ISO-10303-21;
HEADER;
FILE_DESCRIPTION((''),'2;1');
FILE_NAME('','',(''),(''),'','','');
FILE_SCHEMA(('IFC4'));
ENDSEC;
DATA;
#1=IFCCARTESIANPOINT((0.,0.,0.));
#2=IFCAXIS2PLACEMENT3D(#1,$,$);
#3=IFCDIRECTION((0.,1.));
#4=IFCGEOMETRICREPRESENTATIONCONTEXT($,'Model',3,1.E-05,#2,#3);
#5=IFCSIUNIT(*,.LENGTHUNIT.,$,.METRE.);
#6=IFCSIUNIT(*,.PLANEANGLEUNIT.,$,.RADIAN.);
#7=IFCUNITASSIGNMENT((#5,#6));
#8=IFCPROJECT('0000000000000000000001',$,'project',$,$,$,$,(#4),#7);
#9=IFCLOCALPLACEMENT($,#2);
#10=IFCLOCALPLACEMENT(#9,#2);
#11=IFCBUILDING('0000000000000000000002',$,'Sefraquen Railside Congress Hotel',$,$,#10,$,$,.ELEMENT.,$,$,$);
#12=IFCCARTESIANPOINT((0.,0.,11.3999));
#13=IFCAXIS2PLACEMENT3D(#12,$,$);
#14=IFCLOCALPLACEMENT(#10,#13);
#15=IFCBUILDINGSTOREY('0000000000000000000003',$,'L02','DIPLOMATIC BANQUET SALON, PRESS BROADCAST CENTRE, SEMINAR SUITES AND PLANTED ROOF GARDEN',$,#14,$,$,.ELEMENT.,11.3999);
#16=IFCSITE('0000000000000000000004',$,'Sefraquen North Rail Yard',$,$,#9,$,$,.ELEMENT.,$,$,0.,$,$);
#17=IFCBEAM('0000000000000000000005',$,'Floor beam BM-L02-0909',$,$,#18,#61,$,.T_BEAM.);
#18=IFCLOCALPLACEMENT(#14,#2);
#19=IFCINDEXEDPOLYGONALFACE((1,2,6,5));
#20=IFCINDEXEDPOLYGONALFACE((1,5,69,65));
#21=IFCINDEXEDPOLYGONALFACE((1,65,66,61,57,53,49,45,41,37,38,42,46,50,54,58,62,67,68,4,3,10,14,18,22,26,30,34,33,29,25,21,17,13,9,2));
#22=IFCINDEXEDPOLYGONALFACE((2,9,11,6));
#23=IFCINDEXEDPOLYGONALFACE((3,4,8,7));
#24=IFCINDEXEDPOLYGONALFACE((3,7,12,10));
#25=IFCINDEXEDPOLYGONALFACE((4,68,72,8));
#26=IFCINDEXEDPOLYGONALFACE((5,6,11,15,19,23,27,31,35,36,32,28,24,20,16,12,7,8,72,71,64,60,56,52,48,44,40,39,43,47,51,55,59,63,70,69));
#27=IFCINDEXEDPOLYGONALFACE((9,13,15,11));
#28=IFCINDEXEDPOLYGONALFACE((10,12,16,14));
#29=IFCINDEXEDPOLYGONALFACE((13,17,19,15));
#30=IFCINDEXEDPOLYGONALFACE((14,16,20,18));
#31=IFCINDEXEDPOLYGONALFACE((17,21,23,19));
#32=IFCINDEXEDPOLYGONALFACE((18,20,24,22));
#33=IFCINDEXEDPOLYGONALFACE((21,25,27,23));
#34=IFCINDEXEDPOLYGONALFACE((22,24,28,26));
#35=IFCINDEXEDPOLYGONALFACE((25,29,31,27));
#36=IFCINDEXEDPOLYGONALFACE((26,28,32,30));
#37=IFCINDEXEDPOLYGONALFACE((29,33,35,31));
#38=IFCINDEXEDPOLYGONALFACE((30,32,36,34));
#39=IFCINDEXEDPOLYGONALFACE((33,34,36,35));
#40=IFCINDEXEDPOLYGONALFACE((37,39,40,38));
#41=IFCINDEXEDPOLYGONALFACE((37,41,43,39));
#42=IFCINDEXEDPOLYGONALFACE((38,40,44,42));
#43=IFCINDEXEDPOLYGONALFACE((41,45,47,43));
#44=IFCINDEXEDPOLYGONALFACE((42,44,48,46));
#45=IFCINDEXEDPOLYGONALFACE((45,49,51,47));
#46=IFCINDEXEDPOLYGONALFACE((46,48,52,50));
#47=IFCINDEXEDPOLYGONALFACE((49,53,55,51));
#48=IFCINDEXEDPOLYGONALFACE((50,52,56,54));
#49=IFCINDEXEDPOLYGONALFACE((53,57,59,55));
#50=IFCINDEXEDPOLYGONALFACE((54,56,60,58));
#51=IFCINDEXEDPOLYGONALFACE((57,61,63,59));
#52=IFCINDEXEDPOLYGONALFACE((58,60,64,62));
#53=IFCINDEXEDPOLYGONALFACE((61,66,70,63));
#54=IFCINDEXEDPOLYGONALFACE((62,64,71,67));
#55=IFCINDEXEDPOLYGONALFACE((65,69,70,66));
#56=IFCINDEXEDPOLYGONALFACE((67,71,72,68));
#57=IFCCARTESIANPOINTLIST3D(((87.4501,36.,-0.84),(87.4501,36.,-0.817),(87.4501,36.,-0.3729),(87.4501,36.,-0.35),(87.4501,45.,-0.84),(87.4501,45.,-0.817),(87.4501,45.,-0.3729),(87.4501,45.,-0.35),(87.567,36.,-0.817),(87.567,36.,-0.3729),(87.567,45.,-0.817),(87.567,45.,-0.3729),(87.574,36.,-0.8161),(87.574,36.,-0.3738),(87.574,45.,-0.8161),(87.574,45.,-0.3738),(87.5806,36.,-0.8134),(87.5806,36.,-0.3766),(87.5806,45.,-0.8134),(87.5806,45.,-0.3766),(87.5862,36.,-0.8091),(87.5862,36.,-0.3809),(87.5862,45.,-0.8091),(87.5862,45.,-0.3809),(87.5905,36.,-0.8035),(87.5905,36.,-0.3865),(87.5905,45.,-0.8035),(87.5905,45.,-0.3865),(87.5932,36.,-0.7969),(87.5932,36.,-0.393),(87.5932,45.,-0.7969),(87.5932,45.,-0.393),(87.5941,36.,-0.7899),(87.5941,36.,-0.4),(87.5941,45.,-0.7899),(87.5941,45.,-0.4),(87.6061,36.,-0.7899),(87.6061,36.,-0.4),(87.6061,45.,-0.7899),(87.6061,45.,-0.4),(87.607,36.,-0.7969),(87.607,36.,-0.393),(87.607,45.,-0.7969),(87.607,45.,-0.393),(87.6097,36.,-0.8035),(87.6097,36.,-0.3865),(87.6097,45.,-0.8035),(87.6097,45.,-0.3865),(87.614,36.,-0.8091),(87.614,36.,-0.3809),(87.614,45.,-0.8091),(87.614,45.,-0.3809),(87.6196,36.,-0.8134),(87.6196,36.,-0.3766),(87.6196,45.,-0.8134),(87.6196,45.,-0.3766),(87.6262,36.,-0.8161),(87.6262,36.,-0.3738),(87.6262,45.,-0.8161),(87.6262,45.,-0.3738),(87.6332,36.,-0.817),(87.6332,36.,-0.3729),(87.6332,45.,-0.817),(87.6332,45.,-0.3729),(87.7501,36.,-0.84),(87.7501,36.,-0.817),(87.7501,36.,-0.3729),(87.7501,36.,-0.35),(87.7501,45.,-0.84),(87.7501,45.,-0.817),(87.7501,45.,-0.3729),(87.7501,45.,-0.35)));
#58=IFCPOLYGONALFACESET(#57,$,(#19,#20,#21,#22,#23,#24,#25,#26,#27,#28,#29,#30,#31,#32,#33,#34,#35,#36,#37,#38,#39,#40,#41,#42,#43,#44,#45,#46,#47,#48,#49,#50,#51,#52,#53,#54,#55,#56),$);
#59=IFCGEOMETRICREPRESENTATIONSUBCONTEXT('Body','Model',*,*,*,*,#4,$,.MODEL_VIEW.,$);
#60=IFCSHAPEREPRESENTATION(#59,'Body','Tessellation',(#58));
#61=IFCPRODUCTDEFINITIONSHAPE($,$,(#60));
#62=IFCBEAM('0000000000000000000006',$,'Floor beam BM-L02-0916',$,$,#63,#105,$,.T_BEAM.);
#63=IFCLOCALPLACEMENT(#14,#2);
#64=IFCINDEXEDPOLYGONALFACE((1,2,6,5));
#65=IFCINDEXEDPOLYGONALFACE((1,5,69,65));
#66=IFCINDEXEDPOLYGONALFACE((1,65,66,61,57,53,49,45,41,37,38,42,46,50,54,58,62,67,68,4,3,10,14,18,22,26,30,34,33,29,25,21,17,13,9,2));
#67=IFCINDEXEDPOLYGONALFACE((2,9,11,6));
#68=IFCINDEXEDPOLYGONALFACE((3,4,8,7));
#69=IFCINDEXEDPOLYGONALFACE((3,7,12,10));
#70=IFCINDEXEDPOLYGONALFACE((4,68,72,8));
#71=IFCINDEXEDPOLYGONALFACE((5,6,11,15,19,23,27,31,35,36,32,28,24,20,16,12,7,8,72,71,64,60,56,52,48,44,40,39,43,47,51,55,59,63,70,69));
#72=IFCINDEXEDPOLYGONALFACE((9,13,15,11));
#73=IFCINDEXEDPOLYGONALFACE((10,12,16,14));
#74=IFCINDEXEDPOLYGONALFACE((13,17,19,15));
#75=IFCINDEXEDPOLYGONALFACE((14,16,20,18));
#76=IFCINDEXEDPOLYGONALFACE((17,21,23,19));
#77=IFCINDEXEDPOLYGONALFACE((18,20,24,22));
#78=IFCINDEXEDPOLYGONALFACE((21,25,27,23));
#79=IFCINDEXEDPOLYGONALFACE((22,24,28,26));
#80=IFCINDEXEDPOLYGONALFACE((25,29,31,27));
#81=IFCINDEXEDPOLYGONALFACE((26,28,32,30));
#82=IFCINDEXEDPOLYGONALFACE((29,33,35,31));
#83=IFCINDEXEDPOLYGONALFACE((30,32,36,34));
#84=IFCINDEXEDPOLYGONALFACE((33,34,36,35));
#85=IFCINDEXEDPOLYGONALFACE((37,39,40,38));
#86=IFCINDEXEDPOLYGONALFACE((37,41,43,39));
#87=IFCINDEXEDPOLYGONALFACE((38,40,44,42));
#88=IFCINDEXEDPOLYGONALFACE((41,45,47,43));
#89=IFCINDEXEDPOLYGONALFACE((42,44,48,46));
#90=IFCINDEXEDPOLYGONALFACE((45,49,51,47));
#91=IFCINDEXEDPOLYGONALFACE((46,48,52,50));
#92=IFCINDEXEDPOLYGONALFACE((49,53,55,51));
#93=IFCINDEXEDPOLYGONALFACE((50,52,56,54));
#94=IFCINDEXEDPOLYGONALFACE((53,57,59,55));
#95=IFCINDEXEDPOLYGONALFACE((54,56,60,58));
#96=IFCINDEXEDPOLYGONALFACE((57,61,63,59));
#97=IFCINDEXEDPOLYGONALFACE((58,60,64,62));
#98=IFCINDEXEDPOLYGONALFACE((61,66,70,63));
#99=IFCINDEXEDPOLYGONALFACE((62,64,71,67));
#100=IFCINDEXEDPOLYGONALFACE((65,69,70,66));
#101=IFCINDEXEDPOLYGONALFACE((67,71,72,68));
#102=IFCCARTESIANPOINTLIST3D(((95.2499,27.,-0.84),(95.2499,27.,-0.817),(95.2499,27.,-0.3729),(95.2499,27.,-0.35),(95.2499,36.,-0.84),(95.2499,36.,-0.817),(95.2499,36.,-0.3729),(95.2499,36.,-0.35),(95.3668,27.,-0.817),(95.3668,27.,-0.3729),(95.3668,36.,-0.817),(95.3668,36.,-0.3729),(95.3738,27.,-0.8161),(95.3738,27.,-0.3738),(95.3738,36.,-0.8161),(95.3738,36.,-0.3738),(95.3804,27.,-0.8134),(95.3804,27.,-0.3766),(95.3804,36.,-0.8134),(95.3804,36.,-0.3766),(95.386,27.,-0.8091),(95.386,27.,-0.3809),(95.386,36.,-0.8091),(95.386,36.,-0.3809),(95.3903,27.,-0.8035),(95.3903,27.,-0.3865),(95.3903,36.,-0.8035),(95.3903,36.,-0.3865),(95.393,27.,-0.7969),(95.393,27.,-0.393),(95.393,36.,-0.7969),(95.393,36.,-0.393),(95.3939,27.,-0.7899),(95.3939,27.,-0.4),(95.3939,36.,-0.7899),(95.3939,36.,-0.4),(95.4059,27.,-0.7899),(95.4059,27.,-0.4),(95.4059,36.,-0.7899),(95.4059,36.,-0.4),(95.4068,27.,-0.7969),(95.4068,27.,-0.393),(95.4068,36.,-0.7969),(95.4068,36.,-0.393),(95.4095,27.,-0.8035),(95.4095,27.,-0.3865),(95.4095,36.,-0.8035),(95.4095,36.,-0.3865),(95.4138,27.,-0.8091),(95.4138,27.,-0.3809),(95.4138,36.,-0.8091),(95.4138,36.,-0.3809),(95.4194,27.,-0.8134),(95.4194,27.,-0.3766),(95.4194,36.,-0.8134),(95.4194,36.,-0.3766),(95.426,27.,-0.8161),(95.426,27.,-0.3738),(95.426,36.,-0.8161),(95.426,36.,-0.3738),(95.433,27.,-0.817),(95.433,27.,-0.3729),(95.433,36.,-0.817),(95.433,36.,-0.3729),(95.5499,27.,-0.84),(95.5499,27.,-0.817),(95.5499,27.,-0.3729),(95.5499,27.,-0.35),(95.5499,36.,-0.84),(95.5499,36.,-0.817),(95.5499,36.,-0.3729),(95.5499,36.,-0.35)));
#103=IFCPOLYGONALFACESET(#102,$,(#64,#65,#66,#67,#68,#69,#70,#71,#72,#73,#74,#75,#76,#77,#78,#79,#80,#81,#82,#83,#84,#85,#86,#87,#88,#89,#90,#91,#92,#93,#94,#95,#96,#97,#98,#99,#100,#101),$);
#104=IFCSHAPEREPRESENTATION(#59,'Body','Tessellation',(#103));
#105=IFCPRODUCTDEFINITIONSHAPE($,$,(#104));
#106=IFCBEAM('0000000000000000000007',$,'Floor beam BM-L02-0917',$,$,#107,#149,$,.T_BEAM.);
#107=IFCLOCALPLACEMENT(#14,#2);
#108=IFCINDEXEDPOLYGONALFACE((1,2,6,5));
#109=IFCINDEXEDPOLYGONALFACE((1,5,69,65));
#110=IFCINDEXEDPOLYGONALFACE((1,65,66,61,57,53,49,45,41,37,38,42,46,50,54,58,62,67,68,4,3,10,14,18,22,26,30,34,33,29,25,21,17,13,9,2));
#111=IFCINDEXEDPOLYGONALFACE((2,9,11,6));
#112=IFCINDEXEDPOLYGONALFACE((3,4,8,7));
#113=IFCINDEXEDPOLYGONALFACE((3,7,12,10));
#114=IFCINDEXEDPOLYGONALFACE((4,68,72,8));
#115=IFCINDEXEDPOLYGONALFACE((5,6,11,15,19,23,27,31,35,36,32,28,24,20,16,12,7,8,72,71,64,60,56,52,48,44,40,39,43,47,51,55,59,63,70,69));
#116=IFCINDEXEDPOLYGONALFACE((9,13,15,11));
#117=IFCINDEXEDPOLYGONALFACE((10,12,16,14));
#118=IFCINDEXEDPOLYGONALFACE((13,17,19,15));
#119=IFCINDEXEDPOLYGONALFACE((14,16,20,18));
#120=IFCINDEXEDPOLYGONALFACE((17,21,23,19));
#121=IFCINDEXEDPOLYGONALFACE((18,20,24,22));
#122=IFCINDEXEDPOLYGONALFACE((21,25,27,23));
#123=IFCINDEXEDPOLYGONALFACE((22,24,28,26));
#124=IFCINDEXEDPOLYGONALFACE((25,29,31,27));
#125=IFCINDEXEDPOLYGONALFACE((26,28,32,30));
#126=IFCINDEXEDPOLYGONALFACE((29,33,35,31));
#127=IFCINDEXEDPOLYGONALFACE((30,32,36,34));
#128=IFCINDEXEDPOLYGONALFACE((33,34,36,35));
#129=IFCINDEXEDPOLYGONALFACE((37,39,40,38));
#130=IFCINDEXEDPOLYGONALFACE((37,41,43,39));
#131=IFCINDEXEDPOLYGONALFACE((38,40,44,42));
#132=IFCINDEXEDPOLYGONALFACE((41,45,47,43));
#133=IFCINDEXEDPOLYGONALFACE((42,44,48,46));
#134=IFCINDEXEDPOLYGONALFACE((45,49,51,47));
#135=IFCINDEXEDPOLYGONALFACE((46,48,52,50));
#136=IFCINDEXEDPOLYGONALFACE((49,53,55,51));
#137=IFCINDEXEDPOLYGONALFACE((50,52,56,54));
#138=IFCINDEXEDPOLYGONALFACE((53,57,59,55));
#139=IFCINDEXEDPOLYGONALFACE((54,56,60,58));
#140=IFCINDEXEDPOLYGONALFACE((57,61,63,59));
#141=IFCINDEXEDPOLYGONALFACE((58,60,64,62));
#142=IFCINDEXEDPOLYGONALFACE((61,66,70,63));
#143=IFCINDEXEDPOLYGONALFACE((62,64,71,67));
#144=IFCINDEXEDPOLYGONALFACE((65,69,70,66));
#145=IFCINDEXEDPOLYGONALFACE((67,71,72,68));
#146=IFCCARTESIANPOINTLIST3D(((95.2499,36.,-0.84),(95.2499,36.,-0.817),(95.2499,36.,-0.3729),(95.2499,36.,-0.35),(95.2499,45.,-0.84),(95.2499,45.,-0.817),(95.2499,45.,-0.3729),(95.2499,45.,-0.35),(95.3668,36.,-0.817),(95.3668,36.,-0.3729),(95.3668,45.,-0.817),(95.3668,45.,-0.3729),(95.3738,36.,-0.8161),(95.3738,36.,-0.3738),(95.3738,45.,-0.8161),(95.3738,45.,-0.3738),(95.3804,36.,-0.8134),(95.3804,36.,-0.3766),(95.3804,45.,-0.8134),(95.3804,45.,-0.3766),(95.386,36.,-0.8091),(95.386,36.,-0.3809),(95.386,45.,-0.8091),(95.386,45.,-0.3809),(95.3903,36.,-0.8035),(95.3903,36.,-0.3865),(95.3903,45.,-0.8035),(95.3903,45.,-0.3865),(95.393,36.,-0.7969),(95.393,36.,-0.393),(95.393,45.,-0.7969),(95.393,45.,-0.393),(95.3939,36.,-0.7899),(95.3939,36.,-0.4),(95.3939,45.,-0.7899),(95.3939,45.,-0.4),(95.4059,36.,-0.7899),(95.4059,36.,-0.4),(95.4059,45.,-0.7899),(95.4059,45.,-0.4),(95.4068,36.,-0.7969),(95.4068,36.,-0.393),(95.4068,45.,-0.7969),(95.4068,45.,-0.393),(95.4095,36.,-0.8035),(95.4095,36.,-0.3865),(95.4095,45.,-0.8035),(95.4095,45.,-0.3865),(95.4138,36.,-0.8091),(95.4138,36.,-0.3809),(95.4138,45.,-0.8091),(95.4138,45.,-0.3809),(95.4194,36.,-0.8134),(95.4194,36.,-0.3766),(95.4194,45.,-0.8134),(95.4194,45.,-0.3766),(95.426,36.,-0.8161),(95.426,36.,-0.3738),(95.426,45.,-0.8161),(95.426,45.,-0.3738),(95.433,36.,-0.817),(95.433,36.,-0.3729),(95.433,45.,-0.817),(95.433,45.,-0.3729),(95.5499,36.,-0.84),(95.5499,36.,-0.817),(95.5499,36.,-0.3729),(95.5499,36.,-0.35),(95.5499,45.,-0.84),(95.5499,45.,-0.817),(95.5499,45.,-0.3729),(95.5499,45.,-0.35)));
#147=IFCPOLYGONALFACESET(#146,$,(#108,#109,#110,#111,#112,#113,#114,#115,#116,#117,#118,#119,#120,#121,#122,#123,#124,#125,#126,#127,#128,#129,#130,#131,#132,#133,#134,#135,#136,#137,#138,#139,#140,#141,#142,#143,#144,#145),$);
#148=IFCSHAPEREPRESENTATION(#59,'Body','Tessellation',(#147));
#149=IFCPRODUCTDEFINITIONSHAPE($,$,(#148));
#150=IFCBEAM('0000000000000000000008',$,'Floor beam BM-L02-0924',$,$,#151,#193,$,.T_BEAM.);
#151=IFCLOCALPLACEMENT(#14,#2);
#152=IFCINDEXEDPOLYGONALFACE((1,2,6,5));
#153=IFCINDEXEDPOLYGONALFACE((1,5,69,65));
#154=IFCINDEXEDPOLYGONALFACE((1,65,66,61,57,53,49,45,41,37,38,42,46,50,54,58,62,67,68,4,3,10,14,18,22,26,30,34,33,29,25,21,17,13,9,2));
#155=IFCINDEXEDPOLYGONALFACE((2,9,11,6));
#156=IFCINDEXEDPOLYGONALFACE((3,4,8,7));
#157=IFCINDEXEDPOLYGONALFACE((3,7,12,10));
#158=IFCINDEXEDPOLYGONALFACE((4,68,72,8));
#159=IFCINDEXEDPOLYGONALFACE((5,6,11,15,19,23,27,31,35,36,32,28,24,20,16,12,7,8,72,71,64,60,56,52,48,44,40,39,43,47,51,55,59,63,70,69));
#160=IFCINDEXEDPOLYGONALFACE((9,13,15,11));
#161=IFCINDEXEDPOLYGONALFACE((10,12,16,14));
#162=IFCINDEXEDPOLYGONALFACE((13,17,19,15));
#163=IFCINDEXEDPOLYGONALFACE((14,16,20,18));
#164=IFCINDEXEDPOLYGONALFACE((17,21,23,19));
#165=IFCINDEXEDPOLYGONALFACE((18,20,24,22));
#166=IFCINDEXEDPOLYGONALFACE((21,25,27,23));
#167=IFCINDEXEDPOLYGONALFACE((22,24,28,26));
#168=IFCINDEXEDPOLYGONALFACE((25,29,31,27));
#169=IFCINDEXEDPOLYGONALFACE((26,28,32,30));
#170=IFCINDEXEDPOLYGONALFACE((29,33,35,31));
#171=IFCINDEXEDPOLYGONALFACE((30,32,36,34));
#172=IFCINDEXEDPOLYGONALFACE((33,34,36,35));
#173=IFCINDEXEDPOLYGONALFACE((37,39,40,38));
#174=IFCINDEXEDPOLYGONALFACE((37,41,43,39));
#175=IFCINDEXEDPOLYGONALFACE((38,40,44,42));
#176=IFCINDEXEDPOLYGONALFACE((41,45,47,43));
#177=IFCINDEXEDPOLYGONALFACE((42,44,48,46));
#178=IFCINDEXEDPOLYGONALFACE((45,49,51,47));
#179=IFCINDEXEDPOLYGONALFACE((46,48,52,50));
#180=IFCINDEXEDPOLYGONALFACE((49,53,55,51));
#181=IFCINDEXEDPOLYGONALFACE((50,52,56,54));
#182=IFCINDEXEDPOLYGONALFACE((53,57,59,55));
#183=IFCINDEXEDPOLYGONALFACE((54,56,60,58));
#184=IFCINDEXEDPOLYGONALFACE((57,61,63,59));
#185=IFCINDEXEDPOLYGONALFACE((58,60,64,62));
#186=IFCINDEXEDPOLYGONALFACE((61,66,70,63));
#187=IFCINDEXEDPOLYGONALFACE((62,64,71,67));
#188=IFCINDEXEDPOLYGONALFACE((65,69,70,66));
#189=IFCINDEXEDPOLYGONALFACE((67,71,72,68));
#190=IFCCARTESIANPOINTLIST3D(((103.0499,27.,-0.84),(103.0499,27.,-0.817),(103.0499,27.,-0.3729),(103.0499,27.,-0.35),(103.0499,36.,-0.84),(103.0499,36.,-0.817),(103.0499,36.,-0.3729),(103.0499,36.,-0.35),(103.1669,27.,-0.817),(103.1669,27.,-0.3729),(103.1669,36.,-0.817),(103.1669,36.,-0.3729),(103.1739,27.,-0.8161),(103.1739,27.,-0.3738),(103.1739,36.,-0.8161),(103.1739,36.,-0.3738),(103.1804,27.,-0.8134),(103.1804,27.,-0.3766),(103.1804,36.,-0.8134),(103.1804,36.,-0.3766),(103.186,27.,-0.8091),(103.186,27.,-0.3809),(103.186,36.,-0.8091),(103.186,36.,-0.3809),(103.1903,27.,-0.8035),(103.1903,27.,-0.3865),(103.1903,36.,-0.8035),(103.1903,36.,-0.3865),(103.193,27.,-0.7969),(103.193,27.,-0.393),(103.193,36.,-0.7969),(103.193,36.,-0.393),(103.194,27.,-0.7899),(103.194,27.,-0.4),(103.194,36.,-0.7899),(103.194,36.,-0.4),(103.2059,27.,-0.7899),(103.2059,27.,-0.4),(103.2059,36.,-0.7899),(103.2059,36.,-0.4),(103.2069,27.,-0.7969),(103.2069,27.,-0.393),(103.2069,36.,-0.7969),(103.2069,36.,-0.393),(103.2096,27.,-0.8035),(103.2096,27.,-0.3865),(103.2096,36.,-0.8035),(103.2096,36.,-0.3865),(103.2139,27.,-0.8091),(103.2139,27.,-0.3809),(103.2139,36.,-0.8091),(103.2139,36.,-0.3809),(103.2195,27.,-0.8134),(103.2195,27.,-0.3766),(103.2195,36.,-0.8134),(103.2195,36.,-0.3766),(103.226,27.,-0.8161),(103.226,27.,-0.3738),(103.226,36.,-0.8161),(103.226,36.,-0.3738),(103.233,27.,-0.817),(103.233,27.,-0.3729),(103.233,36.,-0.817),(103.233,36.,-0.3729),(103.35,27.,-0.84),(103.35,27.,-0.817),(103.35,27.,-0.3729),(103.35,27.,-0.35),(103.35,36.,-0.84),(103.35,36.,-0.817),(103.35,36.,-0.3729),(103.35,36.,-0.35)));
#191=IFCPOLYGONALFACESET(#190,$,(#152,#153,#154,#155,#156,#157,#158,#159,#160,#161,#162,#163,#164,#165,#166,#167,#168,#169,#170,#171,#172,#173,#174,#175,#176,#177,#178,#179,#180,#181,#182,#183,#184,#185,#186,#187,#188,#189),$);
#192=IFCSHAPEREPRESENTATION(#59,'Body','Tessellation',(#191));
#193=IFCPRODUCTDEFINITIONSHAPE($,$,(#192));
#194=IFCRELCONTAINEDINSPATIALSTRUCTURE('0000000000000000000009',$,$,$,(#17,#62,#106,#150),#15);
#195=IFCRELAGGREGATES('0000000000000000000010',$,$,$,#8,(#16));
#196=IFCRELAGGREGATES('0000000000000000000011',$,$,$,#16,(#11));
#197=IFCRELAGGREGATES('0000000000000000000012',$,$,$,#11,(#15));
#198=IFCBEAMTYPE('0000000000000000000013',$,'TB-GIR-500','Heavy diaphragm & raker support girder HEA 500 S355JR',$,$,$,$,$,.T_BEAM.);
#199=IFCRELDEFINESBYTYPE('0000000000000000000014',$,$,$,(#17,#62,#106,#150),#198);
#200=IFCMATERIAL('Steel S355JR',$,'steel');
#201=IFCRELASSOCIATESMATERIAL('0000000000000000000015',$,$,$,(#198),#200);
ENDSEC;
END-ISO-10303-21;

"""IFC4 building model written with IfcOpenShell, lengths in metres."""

from ifc_helpers import new_model, si_unit, direction, frame, origin, origin_2d, place, context, subcontext, project, spatial, i_section, extrude, material, material_profile, profile_set, type_object, element, save


model = new_model("IFC4")

# Units and contexts
model_context = context("Model", 3, precision=1e-05, world=origin(), true_north=direction((0.0, 1.0)))
body_context = subcontext(model_context, "Body", "Model", "MODEL_VIEW")
ifc_project = project(units=[si_unit("LENGTHUNIT", "METRE"), si_unit("PLANEANGLEUNIT", "RADIAN")], contexts=[model_context])

# Site, building, storey
site_placement = place(None, origin())
site = spatial("IfcSite", under=ifc_project, at=site_placement, Name="Sefraquen North Rail Yard", CompositionType="ELEMENT", RefElevation=0.0)
building_placement = place(site_placement, origin())
building = spatial("IfcBuilding", under=site, at=building_placement, Name="Sefraquen Railside Congress Hotel", CompositionType="ELEMENT")
storey_placement = place(building_placement, frame((0.0, 0.0, 11.3999)))
storey = spatial("IfcBuildingStorey", under=building, at=storey_placement, Name="L02", Description="DIPLOMATIC BANQUET SALON, PRESS BROADCAST CENTRE, SEMINAR SUITES AND PLANTED ROOF GARDEN", CompositionType="ELEMENT", Elevation=11.3999)

# Shared definitions
ifc_material_1 = material(Name="Steel S355JR", Category="steel")

# Beams
ifc_material_profile_1 = material_profile(ifc_material_1, i_section(OverallWidth=0.3, OverallDepth=0.49, WebThickness=0.012, FlangeThickness=0.0229, FilletRadius=0.0271, at=origin_2d()), Name="HEA 500")
ifc_profile_set_1 = profile_set([ifc_material_profile_1], Name="Steel S355JR")
beam_type_1 = type_object("IfcBeamType", Name="TB-GIR-500", Description="Heavy diaphragm & raker support girder HEA 500 S355JR", PredefinedType="T_BEAM", material=ifc_profile_set_1)
for number, where, z_axis, x_axis, name in (
    (1, (87.6001, 36.0, -0.595), (0.0, 1.0, 0.0), (-1.0, 0.0, 0.0), "Floor beam BM-L02-0909"),
    (2, (95.3999, 27.0, -0.595), (0.0, 1.0, 0.0), (-1.0, 0.0, 0.0), "Floor beam BM-L02-0916"),
    (3, (95.3999, 36.0, -0.595), (0.0, 1.0, 0.0), (-1.0, 0.0, 0.0), "Floor beam BM-L02-0917"),
    (4, (103.2, 27.0, -0.595), (0.0, 1.0, 0.0), (-1.0, 0.0, 0.0), "Floor beam BM-L02-0924"),
):
    element("IfcBeam", number, at=place(storey_placement, frame(where, z_axis=z_axis, x_axis=x_axis)), inside=storey, type_object=beam_type_1, Name=name, PredefinedType="T_BEAM", context=body_context, shape_type="SweptSolid", body=[
        extrude(i_section(OverallWidth=0.3, OverallDepth=0.49, WebThickness=0.012, FlangeThickness=0.0229, FilletRadius=0.0271, at=origin_2d()), origin(), (0.0, 0.0, 1.0), 9.0),
    ])

save(model, "model.ifc")
